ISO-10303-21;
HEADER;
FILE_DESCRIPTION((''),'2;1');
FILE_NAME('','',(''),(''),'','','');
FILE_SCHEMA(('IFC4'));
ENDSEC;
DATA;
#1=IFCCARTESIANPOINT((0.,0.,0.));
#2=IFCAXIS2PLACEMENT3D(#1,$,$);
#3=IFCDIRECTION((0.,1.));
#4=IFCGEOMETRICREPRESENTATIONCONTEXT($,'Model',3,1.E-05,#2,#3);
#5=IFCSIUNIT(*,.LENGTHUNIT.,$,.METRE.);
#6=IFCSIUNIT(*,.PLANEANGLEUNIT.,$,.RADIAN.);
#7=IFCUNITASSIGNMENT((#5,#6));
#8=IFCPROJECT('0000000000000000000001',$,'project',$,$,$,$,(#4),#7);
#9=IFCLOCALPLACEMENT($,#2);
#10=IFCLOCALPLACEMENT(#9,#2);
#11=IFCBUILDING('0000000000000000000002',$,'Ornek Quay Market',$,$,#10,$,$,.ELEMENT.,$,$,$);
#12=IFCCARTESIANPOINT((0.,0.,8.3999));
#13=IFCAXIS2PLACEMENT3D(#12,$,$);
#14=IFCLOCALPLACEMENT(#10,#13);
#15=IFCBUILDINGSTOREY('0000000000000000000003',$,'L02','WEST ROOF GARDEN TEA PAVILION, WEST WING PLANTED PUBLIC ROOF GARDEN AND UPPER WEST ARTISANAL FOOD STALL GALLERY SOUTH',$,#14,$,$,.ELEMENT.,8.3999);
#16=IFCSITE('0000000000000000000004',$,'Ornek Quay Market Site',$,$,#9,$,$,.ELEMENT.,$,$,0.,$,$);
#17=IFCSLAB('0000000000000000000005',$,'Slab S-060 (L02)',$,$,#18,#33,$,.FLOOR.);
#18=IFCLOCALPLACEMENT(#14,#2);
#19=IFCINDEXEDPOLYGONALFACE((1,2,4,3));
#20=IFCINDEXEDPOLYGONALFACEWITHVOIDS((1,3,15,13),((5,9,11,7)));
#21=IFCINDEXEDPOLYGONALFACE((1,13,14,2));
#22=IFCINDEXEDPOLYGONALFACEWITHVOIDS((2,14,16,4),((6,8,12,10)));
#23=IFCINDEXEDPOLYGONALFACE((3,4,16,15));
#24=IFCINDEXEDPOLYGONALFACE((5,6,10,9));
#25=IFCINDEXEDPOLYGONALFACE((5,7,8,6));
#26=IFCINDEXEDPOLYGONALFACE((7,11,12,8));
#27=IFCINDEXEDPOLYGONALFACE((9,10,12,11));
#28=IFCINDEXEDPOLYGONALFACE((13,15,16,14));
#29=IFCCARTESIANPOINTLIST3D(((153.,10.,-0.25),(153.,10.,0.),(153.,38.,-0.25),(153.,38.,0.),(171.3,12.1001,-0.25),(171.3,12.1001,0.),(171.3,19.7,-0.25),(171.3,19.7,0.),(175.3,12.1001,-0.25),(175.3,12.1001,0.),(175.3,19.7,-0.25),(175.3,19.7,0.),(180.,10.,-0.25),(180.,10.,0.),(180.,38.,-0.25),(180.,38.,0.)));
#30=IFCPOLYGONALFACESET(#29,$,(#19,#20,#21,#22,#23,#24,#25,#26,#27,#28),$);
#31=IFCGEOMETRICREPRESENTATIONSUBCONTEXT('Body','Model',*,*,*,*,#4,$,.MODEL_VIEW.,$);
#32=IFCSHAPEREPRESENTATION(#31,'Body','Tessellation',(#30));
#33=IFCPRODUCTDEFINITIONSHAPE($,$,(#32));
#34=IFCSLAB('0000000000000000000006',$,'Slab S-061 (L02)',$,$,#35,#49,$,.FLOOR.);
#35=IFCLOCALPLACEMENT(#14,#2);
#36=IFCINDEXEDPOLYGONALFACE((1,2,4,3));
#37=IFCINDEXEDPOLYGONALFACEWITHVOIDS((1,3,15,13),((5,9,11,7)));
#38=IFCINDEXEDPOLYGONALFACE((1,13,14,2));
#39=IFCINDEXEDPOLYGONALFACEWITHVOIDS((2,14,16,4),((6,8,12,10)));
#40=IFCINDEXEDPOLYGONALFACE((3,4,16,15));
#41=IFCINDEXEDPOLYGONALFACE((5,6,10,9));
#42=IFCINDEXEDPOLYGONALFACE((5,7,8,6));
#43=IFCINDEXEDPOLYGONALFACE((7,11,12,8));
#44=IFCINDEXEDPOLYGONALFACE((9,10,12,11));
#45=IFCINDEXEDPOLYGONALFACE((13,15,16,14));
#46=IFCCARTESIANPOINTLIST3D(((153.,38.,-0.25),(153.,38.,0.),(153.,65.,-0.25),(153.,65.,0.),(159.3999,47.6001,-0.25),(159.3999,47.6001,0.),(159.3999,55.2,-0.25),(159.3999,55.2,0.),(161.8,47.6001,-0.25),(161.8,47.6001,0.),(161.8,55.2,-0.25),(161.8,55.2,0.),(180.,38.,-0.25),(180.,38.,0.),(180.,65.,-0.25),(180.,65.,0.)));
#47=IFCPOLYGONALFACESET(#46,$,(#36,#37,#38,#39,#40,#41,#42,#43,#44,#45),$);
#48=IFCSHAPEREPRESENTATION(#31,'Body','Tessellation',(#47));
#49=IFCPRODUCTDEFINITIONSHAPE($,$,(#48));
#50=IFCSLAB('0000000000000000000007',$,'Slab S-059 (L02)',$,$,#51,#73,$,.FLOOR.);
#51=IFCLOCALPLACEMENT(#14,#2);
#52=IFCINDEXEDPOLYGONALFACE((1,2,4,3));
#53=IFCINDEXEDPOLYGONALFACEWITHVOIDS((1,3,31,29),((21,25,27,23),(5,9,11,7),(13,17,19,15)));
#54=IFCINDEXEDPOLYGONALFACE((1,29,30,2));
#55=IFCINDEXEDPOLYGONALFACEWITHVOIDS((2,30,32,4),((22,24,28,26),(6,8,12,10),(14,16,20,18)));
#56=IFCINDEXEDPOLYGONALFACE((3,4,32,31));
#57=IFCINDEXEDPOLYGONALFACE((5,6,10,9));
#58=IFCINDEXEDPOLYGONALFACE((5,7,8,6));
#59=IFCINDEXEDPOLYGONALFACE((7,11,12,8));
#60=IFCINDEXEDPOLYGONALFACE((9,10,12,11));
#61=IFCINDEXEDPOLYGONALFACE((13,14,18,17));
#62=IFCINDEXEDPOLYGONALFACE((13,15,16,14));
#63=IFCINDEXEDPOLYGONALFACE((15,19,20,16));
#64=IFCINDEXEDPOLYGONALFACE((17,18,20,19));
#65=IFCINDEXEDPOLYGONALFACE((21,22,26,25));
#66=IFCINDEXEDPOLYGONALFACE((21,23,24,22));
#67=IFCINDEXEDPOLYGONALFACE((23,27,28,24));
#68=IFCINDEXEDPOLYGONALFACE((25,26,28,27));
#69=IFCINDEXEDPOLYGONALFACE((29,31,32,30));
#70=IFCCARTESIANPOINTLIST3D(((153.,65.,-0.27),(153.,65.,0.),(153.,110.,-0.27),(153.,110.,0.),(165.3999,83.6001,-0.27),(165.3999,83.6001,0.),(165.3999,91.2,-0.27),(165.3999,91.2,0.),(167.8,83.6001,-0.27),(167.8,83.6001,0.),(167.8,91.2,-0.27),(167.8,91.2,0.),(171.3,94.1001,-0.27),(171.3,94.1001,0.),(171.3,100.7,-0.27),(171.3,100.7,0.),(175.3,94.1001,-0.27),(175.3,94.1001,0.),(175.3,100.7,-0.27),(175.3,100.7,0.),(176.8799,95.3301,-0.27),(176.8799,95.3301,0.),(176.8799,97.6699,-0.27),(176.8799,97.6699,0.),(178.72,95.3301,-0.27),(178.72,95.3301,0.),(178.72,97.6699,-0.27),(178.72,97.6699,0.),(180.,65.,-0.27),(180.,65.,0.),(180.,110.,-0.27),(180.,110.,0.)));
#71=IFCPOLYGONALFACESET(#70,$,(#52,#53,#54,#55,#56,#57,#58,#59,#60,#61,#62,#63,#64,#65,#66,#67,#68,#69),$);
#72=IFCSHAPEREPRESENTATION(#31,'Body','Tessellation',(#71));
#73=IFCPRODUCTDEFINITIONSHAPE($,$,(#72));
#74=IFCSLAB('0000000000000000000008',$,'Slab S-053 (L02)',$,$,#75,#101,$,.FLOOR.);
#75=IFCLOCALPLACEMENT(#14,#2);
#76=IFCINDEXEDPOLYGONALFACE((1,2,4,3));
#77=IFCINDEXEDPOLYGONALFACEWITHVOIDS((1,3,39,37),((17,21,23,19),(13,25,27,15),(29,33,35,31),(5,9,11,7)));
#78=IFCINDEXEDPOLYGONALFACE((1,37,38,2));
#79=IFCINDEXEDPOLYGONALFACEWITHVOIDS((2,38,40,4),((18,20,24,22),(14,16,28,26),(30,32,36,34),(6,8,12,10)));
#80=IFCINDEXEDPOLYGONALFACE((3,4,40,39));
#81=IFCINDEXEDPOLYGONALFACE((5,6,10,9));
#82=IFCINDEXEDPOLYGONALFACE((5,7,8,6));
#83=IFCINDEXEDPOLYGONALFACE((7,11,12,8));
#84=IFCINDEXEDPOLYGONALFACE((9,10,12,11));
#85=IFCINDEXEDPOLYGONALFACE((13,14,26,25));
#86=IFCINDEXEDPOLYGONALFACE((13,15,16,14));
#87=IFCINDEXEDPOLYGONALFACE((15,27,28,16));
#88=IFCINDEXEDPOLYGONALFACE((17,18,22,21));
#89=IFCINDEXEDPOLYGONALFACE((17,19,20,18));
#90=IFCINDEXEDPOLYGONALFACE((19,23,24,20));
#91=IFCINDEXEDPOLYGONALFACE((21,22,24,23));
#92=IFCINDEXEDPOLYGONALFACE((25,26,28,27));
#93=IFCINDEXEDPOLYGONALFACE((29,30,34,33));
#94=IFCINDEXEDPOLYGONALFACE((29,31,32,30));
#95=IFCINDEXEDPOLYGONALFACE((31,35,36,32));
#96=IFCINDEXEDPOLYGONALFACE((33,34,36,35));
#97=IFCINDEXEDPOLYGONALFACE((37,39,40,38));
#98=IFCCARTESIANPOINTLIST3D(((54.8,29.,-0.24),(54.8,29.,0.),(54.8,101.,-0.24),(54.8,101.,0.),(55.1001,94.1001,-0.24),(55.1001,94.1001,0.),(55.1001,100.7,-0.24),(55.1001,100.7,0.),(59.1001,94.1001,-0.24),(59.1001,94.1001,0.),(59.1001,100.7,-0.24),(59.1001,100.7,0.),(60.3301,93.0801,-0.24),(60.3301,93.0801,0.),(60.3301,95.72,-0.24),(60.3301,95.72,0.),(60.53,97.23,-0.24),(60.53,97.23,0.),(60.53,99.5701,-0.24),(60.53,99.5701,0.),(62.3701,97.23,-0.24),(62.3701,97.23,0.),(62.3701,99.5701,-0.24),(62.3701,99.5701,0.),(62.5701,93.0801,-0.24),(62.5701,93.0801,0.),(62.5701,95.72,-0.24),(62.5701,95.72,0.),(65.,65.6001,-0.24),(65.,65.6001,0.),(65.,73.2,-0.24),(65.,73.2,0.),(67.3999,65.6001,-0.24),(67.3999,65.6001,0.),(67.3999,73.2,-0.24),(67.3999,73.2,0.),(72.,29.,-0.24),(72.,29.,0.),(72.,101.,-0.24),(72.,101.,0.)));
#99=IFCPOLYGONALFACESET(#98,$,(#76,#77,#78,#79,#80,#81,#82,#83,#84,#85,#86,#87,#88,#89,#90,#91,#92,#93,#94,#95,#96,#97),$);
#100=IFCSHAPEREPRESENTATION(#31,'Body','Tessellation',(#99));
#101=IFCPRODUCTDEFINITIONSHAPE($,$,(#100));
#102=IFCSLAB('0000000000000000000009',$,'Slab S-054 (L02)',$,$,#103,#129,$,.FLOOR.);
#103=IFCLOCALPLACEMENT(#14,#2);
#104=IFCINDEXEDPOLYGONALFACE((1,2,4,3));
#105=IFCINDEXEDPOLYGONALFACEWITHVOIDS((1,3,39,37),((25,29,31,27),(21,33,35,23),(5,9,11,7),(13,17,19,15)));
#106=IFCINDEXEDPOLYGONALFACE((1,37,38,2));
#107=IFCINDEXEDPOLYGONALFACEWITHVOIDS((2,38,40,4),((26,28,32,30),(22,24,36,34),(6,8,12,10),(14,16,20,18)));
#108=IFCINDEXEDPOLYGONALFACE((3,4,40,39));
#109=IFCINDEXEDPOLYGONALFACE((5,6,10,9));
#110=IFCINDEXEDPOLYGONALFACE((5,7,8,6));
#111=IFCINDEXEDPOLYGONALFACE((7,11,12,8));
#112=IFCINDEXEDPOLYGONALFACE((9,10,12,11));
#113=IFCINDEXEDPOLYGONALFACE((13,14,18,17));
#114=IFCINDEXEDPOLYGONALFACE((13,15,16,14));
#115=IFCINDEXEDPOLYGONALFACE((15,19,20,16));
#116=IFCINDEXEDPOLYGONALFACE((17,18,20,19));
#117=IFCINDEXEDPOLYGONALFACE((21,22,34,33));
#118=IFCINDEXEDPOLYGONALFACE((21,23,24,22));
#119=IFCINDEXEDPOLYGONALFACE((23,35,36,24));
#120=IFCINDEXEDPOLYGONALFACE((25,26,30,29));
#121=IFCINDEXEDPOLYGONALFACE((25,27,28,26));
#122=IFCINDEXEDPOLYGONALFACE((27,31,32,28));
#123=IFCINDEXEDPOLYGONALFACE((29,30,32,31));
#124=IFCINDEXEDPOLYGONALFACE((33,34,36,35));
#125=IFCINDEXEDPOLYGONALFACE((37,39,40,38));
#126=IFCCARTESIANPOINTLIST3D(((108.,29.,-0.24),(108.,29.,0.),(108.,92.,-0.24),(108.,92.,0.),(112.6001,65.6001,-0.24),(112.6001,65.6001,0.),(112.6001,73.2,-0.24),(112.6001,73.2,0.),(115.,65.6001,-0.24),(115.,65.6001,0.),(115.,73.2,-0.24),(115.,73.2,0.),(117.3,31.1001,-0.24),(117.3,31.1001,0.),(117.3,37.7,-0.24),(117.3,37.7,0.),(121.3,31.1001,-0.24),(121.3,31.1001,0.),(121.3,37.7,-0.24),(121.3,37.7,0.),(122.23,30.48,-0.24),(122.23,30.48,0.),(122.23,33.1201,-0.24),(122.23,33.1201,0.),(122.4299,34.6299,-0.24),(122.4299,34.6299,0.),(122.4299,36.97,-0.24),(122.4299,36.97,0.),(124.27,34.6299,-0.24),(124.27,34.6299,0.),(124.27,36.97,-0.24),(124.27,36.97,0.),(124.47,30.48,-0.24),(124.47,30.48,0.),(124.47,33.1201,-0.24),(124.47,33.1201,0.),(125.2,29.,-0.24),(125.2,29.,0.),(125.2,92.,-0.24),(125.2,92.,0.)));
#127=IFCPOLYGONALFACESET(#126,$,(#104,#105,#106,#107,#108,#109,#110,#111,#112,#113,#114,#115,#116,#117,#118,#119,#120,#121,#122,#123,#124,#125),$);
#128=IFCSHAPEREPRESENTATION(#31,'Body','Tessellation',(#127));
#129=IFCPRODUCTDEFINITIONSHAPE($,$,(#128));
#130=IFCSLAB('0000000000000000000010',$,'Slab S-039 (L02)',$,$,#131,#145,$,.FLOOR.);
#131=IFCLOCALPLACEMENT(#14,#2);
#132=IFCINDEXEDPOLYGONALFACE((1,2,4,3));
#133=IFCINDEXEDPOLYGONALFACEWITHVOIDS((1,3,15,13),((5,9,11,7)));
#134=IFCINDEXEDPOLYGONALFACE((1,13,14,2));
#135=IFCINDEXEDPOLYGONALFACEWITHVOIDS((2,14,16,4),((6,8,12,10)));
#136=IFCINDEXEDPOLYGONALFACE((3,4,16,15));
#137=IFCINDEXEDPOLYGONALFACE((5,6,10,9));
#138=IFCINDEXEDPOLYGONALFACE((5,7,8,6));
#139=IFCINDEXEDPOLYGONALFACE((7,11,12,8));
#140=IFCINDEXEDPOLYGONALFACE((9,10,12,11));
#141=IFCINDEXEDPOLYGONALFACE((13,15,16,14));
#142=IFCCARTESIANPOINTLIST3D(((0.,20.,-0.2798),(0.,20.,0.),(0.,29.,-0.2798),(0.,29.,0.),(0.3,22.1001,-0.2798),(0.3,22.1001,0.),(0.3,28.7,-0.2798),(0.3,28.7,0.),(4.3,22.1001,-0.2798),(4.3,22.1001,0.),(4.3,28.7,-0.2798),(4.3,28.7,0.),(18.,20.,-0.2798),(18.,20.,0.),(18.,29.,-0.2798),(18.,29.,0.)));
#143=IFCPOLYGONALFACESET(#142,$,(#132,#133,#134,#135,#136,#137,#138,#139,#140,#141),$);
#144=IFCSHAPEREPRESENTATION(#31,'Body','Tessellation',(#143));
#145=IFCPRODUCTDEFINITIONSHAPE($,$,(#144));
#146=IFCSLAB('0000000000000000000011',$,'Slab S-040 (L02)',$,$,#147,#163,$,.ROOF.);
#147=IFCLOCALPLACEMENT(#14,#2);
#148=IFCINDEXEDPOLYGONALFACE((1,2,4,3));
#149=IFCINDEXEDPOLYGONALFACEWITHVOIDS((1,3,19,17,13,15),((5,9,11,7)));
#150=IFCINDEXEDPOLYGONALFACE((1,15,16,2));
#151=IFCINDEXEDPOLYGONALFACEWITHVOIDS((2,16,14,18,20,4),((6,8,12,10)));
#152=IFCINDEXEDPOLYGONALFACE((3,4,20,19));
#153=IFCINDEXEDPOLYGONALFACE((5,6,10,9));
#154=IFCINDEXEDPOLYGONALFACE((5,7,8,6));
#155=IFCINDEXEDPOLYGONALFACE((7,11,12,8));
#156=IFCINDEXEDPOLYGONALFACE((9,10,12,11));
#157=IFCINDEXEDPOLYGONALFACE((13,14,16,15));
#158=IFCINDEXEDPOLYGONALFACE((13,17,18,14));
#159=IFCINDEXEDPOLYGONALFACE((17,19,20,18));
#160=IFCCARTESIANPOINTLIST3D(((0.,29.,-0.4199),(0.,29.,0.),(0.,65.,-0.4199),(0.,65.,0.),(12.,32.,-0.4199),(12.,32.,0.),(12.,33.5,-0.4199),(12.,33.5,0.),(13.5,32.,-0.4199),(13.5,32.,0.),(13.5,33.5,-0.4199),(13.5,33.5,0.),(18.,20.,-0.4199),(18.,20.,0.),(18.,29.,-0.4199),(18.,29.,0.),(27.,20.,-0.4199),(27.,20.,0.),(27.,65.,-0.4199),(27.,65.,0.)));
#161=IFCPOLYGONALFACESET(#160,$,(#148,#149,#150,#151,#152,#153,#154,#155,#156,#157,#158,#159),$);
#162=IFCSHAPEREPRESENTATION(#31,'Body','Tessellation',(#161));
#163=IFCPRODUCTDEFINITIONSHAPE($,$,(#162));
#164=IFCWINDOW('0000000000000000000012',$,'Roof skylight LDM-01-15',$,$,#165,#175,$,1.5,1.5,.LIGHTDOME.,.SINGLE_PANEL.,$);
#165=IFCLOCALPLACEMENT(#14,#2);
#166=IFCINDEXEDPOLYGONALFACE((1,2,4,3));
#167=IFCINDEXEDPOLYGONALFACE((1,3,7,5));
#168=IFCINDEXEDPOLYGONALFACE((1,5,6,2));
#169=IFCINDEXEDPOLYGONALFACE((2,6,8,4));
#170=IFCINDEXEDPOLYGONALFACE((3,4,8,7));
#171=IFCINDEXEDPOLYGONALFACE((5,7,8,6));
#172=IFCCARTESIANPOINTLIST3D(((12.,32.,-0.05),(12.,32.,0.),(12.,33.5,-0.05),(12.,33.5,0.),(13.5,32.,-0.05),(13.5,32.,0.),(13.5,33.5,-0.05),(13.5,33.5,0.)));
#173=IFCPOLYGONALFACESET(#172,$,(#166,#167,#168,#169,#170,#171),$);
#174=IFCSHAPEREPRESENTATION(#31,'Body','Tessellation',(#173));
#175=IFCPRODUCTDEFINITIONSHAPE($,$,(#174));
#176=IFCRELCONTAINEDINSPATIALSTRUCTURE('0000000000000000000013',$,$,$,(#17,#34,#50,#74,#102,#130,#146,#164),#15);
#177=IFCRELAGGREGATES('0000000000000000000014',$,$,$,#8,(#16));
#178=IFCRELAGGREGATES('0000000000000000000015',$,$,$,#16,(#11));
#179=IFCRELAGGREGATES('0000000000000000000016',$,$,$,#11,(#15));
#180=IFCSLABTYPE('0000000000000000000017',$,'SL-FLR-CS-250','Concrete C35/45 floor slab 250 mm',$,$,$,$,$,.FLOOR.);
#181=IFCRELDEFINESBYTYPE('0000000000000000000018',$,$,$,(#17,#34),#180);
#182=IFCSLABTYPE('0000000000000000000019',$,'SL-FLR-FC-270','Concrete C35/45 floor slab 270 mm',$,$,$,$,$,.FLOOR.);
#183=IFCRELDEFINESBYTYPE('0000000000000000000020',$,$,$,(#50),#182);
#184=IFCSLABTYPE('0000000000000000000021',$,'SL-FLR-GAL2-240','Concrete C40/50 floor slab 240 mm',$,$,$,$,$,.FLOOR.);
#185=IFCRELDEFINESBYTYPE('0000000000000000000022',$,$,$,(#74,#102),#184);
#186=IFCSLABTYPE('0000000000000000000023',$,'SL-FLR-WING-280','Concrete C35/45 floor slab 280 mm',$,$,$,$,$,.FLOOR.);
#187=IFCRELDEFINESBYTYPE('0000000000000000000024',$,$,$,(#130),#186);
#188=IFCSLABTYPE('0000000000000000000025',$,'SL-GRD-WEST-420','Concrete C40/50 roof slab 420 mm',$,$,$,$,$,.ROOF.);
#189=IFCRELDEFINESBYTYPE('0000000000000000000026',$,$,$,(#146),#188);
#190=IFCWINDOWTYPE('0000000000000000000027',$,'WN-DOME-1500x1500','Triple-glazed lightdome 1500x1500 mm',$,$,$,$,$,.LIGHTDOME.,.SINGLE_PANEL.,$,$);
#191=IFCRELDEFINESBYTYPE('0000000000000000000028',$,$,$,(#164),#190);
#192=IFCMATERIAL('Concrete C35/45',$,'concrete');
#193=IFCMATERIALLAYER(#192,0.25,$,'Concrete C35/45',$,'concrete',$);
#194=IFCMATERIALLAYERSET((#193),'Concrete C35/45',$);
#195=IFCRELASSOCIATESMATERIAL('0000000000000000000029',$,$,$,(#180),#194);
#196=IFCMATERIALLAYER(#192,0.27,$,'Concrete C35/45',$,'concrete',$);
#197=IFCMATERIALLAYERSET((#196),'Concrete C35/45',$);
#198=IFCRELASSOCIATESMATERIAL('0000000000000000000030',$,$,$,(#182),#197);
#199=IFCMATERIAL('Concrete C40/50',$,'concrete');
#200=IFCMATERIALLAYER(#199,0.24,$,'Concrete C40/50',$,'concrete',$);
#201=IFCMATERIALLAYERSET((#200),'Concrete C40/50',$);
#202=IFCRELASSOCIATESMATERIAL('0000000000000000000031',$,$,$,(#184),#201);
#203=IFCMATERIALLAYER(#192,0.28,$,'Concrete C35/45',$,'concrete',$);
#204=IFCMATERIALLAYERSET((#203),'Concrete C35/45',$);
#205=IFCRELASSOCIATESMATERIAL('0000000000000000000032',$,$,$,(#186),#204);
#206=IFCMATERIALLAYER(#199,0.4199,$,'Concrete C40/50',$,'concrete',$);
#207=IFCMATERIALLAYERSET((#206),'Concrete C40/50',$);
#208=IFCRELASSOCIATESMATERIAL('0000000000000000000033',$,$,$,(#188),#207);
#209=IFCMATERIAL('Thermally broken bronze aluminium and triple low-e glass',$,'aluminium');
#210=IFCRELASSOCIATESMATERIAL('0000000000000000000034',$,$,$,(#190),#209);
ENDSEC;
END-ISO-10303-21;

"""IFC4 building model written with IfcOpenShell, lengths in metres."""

from ifc_helpers import new_model, si_unit, direction, frame, origin, origin_2d, place, context, subcontext, project, spatial, polyline, rectangle, outline, extrude, material, layer, layer_set, type_object, element, fill, save


model = new_model("IFC4")

# Units and contexts
model_context = context("Model", 3, precision=1e-05, world=origin(), true_north=direction((0.0, 1.0)))
body_context = subcontext(model_context, "Body", "Model", "MODEL_VIEW")
ifc_project = project(units=[si_unit("LENGTHUNIT", "METRE"), si_unit("PLANEANGLEUNIT", "RADIAN")], contexts=[model_context])

# Site, building, storey
site_placement = place(None, origin())
site = spatial("IfcSite", under=ifc_project, at=site_placement, Name="Ornek Quay Market Site", CompositionType="ELEMENT", RefElevation=0.0)
building_placement = place(site_placement, origin())
building = spatial("IfcBuilding", under=site, at=building_placement, Name="Ornek Quay Market", CompositionType="ELEMENT")
storey_placement = place(building_placement, frame((0.0, 0.0, 8.3999)))
storey = spatial("IfcBuildingStorey", under=building, at=storey_placement, Name="L02", Description="WEST ROOF GARDEN TEA PAVILION, WEST WING PLANTED PUBLIC ROOF GARDEN AND UPPER WEST ARTISANAL FOOD STALL GALLERY SOUTH", CompositionType="ELEMENT", Elevation=8.3999)

# Slabs
ifc_material_1 = material(Name="Concrete C35/45", Category="concrete")
ifc_layer_1 = layer(ifc_material_1, 0.25, Name="Concrete C35/45", Category="concrete")
ifc_layer_set_1 = layer_set([ifc_layer_1], Name="Concrete C35/45")
slab_type_1 = type_object("IfcSlabType", Name="SL-FLR-CS-250", Description="Concrete C35/45 floor slab 250 mm", PredefinedType="FLOOR", material=ifc_layer_set_1)
slab_1_placement = place(storey_placement, frame((0.0, 0.0, -0.25)))
element("IfcSlab", 1, at=slab_1_placement, inside=storey, type_object=slab_type_1, Name="Slab S-060 (L02)", PredefinedType="FLOOR", context=body_context, shape_type="SweptSolid", body=[
    extrude(outline(polyline([(153.0, 10.0), (180.0, 10.0), (180.0, 38.0), (153.0, 38.0), (153.0, 10.0)]), holes=[polyline([(171.3, 19.7), (175.3, 19.7), (175.3, 12.1001), (171.3, 12.1001), (171.3, 19.7)])]), origin(), (0.0, 0.0, 1.0), 0.25),
])
slab_2_placement = place(storey_placement, frame((0.0, 0.0, -0.25)))
element("IfcSlab", 2, at=slab_2_placement, inside=storey, type_object=slab_type_1, Name="Slab S-061 (L02)", PredefinedType="FLOOR", context=body_context, shape_type="SweptSolid", body=[
    extrude(outline(polyline([(153.0, 38.0), (180.0, 38.0), (180.0, 65.0), (153.0, 65.0), (153.0, 38.0)]), holes=[polyline([(159.3999, 55.2), (161.8, 55.2), (161.8, 47.6001), (159.3999, 47.6001), (159.3999, 55.2)])]), origin(), (0.0, 0.0, 1.0), 0.25),
])
ifc_layer_2 = layer(ifc_material_1, 0.27, Name="Concrete C35/45", Category="concrete")
ifc_layer_set_2 = layer_set([ifc_layer_2], Name="Concrete C35/45")
slab_type_2 = type_object("IfcSlabType", Name="SL-FLR-FC-270", Description="Concrete C35/45 floor slab 270 mm", PredefinedType="FLOOR", material=ifc_layer_set_2)
slab_3_placement = place(storey_placement, frame((0.0, 0.0, -0.27)))
element("IfcSlab", 3, at=slab_3_placement, inside=storey, type_object=slab_type_2, Name="Slab S-059 (L02)", PredefinedType="FLOOR", context=body_context, shape_type="SweptSolid", body=[
    extrude(outline(polyline([(153.0, 65.0), (180.0, 65.0), (180.0, 110.0), (153.0, 110.0), (153.0, 65.0)]), holes=[polyline([(167.8, 91.2), (167.8, 83.6001), (165.3999, 83.6001), (165.3999, 91.2), (167.8, 91.2)]), polyline([(178.72, 95.3301), (176.8799, 95.3301), (176.8799, 97.6699), (178.72, 97.6699), (178.72, 95.3301)]), polyline([(175.3, 94.1001), (171.3, 94.1001), (171.3, 100.7), (175.3, 100.7), (175.3, 94.1001)])]), origin(), (0.0, 0.0, 1.0), 0.27),
])
ifc_material_2 = material(Name="Concrete C40/50", Category="concrete")
ifc_layer_3 = layer(ifc_material_2, 0.24, Name="Concrete C40/50", Category="concrete")
ifc_layer_set_3 = layer_set([ifc_layer_3], Name="Concrete C40/50")
slab_type_3 = type_object("IfcSlabType", Name="SL-FLR-GAL2-240", Description="Concrete C40/50 floor slab 240 mm", PredefinedType="FLOOR", material=ifc_layer_set_3)
slab_4_placement = place(storey_placement, frame((0.0, 0.0, -0.24)))
element("IfcSlab", 4, at=slab_4_placement, inside=storey, type_object=slab_type_3, Name="Slab S-053 (L02)", PredefinedType="FLOOR", context=body_context, shape_type="SweptSolid", body=[
    extrude(outline(polyline([(54.8, 29.0), (72.0, 29.0), (72.0, 101.0), (54.8, 101.0), (54.8, 29.0)]), holes=[polyline([(67.3999, 65.6001), (65.0, 65.6001), (65.0, 73.2), (67.3999, 73.2), (67.3999, 65.6001)]), polyline([(62.5701, 93.0801), (60.3301, 93.0801), (60.3301, 95.72), (62.5701, 95.72), (62.5701, 93.0801)]), polyline([(59.1001, 94.1001), (55.1001, 94.1001), (55.1001, 100.7), (59.1001, 100.7), (59.1001, 94.1001)]), polyline([(62.3701, 97.23), (60.53, 97.23), (60.53, 99.5701), (62.3701, 99.5701), (62.3701, 97.23)])]), origin(), (0.0, 0.0, 1.0), 0.24),
])
slab_5_placement = place(storey_placement, frame((0.0, 0.0, -0.24)))
element("IfcSlab", 5, at=slab_5_placement, inside=storey, type_object=slab_type_3, Name="Slab S-054 (L02)", PredefinedType="FLOOR", context=body_context, shape_type="SweptSolid", body=[
    extrude(outline(polyline([(108.0, 29.0), (125.2, 29.0), (125.2, 92.0), (108.0, 92.0), (108.0, 29.0)]), holes=[polyline([(124.47, 30.48), (122.23, 30.48), (122.23, 33.1201), (124.47, 33.1201), (124.47, 30.48)]), polyline([(121.3, 31.1001), (117.3, 31.1001), (117.3, 37.7), (121.3, 37.7), (121.3, 31.1001)]), polyline([(124.27, 34.6299), (122.4299, 34.6299), (122.4299, 36.97), (124.27, 36.97), (124.27, 34.6299)]), polyline([(115.0, 65.6001), (112.6001, 65.6001), (112.6001, 73.2), (115.0, 73.2), (115.0, 65.6001)])]), origin(), (0.0, 0.0, 1.0), 0.24),
])
ifc_layer_4 = layer(ifc_material_1, 0.28, Name="Concrete C35/45", Category="concrete")
ifc_layer_set_4 = layer_set([ifc_layer_4], Name="Concrete C35/45")
slab_type_4 = type_object("IfcSlabType", Name="SL-FLR-WING-280", Description="Concrete C35/45 floor slab 280 mm", PredefinedType="FLOOR", material=ifc_layer_set_4)
slab_6_placement = place(storey_placement, frame((0.0, 0.0, -0.2798)))
element("IfcSlab", 6, at=slab_6_placement, inside=storey, type_object=slab_type_4, Name="Slab S-039 (L02)", PredefinedType="FLOOR", context=body_context, shape_type="SweptSolid", body=[
    extrude(outline(polyline([(0.0, 20.0), (18.0, 20.0), (18.0, 29.0), (0.0, 29.0), (0.0, 20.0)]), holes=[polyline([(0.3, 28.7), (4.3, 28.7), (4.3, 22.1001), (0.3, 22.1001), (0.3, 28.7)])]), origin(), (0.0, 0.0, 1.0), 0.2798),
])

# Slab, opening, window
ifc_layer_5 = layer(ifc_material_2, 0.4199, Name="Concrete C40/50", Category="concrete")
ifc_layer_set_5 = layer_set([ifc_layer_5], Name="Concrete C40/50")
slab_type_5 = type_object("IfcSlabType", Name="SL-GRD-WEST-420", Description="Concrete C40/50 roof slab 420 mm", PredefinedType="ROOF", material=ifc_layer_set_5)
slab_7_placement = place(storey_placement, frame((0.0, 0.0, -0.4199)))
slab_7 = element("IfcSlab", 7, at=slab_7_placement, inside=storey, type_object=slab_type_5, Name="Slab S-040 (L02)", PredefinedType="ROOF", context=body_context, shape_type="SweptSolid", body=[
    extrude(outline(polyline([(18.0, 20.0), (27.0, 20.0), (27.0, 65.0), (0.0, 65.0), (0.0, 29.0), (18.0, 29.0), (18.0, 20.0)]), holes=[polyline([(12.0, 33.5), (13.5, 33.5), (13.5, 32.0), (12.0, 32.0), (12.0, 33.5)])]), origin(), (0.0, 0.0, 1.0), 0.4199),
])
opening_1_placement = place(slab_7_placement, frame((12.75, 32.75, -0.01)))
opening_1 = element("IfcOpeningElement", 8, at=opening_1_placement, cuts=slab_7, PredefinedType="OPENING", context=body_context, shape_type="SweptSolid", body=[
    extrude(rectangle(XDim=1.5, YDim=1.5, at=origin_2d()), origin(), (0.0, 0.0, 1.0), 0.4399),
])
ifc_material_3 = material(Name="Thermally broken bronze aluminium and triple low-e glass", Category="aluminium")
window_type_1 = type_object("IfcWindowType", Name="WN-DOME-1500x1500", Description="Triple-glazed lightdome 1500x1500 mm", PartitioningType="SINGLE_PANEL", PredefinedType="LIGHTDOME", material=ifc_material_3)
window_1_placement = place(opening_1_placement, frame((0.0, 0.0, 0.3799)))
window_1 = element("IfcWindow", 9, at=window_1_placement, inside=storey, type_object=window_type_1, Name="Roof skylight LDM-01-15", OverallHeight=1.5, OverallWidth=1.5, PartitioningType="SINGLE_PANEL", PredefinedType="LIGHTDOME", context=body_context, shape_type="SweptSolid", body=[
    extrude(rectangle(XDim=1.5, YDim=1.5, at=origin_2d()), origin(), (0.0, 0.0, 1.0), 0.05),
])
fill(opening_1, window_1)

save(model, "model.ifc")
